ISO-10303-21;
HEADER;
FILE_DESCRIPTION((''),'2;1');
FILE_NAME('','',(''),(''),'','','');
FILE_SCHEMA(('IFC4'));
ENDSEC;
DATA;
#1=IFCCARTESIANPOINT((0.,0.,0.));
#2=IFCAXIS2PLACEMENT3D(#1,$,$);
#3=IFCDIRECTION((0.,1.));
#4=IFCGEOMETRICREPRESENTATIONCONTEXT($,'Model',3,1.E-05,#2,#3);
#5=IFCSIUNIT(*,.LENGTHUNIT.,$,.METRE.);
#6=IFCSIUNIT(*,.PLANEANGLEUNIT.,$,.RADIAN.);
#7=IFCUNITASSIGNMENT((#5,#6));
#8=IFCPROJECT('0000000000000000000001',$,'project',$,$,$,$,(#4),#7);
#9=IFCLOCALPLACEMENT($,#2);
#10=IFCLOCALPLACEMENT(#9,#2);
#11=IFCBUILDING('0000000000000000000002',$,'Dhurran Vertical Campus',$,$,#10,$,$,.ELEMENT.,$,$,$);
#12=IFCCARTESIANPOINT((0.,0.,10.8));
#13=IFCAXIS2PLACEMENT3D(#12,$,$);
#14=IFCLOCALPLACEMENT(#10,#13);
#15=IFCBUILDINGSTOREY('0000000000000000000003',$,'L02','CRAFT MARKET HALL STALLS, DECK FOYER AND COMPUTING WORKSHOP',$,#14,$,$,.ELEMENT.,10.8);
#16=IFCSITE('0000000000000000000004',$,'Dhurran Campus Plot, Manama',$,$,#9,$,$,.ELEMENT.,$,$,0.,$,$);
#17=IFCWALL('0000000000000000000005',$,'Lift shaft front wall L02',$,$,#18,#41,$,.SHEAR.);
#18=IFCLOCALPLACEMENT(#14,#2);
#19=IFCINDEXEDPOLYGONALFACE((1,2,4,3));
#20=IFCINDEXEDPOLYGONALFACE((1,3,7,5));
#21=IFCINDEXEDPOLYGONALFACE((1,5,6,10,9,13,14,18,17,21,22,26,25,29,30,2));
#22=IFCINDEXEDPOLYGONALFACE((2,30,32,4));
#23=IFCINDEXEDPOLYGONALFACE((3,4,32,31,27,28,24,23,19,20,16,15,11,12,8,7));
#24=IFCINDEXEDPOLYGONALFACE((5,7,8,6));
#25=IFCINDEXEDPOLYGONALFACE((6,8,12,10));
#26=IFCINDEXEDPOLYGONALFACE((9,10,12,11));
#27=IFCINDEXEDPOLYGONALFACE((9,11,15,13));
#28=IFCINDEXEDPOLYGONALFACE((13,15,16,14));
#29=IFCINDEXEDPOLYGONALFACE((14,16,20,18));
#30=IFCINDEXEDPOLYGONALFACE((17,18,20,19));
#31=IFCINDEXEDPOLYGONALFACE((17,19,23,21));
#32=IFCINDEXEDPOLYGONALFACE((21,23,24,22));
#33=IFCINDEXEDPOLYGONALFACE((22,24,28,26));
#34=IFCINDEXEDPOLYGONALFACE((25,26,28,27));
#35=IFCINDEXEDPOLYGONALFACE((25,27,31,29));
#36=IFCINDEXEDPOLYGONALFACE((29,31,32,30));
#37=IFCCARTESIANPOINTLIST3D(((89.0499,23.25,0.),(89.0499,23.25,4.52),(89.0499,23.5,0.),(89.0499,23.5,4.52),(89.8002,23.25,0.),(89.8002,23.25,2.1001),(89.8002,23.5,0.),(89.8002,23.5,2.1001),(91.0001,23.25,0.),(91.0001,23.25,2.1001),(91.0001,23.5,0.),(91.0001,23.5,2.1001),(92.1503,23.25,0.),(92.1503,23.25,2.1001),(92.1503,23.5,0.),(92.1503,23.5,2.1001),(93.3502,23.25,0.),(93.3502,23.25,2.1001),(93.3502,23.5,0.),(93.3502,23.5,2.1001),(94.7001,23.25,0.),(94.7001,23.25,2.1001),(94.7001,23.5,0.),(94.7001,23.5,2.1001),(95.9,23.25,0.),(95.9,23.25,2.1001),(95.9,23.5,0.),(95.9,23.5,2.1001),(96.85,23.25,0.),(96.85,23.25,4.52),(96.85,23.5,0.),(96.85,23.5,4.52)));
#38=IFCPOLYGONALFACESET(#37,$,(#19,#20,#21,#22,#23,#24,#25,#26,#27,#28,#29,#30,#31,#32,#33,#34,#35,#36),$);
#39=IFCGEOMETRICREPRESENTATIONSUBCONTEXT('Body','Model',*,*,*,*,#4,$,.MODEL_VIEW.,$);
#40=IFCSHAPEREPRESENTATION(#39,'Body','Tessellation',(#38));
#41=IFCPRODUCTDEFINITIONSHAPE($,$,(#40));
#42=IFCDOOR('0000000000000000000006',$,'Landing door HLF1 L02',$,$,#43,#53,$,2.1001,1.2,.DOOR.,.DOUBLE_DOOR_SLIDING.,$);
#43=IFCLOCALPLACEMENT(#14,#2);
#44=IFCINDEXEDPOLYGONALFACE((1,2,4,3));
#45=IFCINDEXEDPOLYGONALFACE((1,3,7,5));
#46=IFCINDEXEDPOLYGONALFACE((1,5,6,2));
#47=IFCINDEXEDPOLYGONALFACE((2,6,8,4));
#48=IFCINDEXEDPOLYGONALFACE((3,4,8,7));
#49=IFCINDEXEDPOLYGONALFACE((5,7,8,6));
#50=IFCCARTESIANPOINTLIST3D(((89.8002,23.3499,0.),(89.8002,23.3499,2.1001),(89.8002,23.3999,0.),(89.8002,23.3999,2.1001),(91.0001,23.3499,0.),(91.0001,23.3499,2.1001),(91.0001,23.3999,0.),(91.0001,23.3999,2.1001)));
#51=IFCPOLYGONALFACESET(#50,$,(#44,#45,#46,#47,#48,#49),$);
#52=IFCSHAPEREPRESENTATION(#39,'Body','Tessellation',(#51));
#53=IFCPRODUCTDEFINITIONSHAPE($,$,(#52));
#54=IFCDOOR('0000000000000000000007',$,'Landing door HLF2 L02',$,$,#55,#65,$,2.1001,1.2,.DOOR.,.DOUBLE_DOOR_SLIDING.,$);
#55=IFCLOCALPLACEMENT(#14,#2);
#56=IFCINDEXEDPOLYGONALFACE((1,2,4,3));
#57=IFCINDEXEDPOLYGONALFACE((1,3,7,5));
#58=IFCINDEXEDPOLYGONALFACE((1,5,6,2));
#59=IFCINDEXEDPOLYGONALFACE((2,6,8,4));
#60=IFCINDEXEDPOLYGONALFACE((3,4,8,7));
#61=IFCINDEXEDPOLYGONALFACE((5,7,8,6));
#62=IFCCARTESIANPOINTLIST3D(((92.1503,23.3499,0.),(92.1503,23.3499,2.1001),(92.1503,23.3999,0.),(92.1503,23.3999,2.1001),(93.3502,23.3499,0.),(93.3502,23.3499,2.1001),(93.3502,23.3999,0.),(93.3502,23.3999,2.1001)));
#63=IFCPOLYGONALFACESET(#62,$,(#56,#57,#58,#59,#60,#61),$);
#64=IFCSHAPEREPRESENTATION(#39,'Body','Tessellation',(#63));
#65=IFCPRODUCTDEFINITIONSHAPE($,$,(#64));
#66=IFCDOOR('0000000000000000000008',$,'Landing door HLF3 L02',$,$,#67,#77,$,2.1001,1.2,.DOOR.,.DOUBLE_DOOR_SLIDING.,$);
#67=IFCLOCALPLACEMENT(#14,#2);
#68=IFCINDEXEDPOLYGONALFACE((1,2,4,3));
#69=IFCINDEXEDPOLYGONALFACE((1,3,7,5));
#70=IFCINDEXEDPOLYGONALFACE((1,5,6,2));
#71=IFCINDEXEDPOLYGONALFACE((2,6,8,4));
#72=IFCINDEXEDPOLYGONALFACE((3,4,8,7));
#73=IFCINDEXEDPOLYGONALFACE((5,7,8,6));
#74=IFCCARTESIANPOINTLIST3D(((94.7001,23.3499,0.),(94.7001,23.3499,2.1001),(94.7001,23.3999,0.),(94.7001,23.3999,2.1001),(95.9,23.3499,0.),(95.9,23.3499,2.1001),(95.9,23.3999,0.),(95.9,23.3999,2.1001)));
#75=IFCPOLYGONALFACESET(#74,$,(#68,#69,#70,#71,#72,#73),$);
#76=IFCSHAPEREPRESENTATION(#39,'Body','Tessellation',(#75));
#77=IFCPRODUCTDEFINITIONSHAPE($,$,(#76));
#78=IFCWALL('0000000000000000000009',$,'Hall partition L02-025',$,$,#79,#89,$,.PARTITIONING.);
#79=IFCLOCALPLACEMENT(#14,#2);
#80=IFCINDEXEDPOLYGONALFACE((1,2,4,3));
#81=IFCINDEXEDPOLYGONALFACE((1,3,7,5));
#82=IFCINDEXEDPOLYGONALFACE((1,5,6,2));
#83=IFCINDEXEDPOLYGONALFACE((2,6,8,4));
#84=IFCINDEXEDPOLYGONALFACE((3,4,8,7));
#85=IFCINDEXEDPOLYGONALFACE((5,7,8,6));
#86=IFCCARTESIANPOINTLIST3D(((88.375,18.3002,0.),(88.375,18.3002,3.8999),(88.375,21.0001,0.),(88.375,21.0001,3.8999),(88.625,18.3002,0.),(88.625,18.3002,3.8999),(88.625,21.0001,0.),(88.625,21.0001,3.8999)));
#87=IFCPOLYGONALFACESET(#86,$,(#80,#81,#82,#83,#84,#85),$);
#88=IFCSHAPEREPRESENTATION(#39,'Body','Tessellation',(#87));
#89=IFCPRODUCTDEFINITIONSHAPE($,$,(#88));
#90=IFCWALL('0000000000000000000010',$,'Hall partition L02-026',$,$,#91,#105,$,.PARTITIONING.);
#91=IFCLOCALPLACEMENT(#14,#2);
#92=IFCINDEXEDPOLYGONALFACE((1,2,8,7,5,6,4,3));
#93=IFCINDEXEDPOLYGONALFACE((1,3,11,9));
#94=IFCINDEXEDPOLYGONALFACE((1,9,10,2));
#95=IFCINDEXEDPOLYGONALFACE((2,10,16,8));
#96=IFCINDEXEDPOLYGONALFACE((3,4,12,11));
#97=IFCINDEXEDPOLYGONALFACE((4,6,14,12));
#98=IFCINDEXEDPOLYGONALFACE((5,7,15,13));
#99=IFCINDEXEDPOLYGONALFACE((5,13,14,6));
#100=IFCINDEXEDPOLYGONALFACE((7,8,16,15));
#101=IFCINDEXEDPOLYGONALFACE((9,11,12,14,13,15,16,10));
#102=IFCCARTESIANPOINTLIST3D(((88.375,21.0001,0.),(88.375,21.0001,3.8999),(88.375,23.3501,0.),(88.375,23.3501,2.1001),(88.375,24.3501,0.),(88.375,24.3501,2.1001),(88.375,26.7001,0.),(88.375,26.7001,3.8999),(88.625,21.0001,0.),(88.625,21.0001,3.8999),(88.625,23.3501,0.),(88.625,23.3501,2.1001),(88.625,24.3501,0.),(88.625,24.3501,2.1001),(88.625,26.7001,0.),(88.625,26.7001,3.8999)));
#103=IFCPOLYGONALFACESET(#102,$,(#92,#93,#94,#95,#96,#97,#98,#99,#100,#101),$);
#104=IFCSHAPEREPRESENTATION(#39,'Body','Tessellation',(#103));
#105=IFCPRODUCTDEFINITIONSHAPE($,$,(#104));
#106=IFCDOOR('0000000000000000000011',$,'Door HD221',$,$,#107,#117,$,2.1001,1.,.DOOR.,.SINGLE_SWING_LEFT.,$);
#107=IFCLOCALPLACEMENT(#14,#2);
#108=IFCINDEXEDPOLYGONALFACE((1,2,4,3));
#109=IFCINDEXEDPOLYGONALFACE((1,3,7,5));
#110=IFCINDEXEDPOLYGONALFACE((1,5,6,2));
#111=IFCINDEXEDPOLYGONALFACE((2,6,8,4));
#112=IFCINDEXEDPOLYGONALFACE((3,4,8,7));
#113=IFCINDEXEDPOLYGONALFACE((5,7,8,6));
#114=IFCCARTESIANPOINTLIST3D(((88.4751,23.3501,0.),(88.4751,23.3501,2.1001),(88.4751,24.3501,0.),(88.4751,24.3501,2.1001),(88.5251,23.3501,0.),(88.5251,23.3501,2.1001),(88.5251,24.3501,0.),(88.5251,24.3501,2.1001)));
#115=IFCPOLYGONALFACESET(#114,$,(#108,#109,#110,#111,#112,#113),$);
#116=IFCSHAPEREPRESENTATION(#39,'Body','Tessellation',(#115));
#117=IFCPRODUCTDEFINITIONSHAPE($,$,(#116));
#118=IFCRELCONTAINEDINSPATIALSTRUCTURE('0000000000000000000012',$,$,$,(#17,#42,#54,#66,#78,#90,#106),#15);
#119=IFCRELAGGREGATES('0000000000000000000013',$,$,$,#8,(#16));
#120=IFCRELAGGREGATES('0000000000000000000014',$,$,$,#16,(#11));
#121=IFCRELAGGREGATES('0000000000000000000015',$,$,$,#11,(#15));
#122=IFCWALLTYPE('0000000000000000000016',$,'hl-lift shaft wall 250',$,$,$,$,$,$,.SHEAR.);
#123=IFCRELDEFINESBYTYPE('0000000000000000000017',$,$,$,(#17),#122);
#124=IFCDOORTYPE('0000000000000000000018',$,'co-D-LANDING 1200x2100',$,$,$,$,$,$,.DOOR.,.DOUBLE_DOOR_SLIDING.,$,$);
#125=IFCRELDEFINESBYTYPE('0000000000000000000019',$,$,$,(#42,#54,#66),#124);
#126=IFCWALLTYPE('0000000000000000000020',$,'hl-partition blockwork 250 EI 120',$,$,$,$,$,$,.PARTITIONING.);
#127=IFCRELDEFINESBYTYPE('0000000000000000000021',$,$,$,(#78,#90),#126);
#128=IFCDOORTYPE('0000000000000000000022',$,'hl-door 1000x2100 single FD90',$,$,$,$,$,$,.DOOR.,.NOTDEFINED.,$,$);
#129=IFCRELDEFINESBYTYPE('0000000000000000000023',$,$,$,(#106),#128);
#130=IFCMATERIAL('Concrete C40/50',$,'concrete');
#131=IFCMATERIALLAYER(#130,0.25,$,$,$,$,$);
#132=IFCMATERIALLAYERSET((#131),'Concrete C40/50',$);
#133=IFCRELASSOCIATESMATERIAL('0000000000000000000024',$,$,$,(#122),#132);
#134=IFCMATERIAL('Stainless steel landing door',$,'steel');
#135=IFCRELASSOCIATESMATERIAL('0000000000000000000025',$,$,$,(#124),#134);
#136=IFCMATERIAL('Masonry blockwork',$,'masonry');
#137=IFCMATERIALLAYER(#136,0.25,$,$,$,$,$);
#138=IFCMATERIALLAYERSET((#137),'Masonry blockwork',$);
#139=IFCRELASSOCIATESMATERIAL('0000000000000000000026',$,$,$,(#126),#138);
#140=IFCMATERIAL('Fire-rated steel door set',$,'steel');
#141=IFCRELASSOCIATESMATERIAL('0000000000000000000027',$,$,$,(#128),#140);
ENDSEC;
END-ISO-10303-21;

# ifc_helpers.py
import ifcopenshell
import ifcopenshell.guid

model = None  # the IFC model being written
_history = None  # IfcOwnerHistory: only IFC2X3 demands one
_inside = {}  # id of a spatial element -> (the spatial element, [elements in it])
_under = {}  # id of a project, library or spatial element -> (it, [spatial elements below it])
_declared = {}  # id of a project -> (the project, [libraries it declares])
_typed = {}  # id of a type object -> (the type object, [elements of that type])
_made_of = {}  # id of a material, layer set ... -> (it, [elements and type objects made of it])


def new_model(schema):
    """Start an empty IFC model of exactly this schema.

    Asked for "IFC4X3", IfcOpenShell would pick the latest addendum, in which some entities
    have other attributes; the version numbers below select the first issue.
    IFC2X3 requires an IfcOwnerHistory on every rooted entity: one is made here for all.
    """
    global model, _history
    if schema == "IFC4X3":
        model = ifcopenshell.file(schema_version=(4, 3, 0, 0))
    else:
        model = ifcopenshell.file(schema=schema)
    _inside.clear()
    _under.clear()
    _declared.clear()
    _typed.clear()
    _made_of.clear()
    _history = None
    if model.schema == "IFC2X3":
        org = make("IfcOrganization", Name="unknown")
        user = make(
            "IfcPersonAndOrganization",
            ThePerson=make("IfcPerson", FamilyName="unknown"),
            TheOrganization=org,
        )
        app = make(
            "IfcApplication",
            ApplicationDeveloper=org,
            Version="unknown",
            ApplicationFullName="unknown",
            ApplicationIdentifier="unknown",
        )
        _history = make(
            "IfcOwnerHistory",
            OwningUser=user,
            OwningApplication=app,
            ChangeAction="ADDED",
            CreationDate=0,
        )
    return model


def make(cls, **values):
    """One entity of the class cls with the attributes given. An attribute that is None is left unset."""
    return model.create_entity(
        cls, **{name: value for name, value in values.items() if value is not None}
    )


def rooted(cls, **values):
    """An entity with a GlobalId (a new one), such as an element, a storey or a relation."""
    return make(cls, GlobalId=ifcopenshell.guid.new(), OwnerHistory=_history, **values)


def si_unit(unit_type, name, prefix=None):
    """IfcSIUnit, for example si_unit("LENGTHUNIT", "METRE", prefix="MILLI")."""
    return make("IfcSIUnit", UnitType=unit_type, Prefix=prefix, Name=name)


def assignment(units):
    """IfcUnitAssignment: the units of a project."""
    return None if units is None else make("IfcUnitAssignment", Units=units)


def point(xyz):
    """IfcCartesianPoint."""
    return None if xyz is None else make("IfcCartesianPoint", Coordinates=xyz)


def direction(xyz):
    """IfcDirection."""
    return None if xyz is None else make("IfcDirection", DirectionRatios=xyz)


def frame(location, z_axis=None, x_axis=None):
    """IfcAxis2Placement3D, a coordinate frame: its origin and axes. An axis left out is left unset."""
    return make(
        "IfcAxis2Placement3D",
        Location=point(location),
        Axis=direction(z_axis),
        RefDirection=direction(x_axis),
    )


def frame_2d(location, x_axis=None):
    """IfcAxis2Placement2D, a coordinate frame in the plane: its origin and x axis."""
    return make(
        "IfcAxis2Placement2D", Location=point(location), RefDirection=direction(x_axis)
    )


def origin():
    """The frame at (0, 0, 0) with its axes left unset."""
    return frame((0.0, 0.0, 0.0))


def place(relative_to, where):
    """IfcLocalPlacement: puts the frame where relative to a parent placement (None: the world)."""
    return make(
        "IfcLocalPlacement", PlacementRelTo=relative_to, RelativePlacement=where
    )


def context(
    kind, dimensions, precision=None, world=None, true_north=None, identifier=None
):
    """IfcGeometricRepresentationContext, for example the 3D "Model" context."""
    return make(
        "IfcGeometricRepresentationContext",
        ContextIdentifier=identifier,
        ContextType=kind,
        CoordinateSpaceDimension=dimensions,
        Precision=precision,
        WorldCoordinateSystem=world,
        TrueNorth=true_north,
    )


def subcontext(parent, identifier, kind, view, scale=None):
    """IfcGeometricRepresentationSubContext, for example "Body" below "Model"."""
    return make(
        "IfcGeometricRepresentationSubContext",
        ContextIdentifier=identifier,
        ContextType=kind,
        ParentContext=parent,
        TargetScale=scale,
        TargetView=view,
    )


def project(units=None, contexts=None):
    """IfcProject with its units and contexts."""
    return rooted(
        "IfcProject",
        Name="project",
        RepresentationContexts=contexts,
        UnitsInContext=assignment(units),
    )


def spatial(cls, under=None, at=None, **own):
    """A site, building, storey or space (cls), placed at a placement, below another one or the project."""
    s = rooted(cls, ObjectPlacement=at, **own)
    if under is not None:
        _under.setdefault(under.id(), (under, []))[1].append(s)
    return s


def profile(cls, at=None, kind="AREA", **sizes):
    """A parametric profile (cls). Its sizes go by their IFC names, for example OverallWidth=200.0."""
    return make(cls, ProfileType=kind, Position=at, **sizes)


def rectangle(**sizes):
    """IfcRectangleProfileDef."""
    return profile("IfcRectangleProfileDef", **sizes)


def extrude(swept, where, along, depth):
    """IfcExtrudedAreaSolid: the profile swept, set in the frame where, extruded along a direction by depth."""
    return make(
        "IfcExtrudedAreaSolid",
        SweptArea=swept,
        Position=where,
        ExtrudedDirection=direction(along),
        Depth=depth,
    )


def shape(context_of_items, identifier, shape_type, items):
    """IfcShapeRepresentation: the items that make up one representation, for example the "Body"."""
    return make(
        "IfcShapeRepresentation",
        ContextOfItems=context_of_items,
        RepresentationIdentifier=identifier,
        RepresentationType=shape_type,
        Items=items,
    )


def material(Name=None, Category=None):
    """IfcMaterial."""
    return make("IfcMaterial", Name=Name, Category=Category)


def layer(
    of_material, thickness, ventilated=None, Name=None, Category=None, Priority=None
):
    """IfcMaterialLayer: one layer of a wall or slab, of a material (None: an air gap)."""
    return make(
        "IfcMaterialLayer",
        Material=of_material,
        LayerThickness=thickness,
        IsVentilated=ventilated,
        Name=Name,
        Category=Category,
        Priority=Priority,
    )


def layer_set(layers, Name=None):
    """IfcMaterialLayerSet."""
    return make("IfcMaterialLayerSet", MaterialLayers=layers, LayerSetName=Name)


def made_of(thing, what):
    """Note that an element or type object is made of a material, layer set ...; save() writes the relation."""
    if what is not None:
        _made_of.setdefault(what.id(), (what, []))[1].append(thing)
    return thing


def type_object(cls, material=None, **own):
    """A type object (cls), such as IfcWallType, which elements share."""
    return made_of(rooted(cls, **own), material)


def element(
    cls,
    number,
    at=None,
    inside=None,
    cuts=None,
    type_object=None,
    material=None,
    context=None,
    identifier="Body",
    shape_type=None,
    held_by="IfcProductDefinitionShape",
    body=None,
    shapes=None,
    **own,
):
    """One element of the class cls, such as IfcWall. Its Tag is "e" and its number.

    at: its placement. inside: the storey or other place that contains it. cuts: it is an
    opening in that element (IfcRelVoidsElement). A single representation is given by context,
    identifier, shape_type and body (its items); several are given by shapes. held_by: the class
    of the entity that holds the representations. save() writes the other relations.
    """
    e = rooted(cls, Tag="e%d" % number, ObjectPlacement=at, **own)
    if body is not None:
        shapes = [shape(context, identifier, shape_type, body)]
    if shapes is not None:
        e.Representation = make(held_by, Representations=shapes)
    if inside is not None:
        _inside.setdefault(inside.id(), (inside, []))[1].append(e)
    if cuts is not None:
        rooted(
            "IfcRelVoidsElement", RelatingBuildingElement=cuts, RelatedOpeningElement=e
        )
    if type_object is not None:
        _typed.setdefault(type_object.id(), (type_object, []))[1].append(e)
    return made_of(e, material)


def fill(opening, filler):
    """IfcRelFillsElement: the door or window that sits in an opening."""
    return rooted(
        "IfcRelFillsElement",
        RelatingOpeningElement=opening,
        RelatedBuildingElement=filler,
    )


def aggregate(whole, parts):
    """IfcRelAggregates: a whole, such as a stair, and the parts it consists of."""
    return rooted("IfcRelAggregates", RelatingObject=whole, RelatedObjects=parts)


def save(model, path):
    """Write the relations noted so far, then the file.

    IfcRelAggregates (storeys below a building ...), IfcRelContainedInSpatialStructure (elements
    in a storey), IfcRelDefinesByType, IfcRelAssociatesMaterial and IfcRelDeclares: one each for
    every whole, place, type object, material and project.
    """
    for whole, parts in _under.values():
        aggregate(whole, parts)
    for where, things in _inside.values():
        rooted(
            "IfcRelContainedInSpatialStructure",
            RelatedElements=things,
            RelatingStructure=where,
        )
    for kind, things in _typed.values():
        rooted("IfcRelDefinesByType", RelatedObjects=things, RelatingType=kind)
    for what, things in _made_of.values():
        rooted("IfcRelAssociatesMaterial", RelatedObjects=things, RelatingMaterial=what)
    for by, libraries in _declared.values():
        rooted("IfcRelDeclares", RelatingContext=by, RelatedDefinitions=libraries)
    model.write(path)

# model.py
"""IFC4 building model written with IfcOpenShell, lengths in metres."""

from ifc_helpers import new_model, si_unit, direction, frame, frame_2d, origin, place, context, subcontext, project, spatial, rectangle, extrude, material, layer, layer_set, type_object, element, fill, save


model = new_model("IFC4")

# Units and contexts
model_context = context("Model", 3, precision=1e-05, world=origin(), true_north=direction((0.0, 1.0)))
body_context = subcontext(model_context, "Body", "Model", "MODEL_VIEW")
ifc_project = project(units=[si_unit("LENGTHUNIT", "METRE"), si_unit("PLANEANGLEUNIT", "RADIAN")], contexts=[model_context])

# Site, building, storey
site_placement = place(None, origin())
site = spatial("IfcSite", under=ifc_project, at=site_placement, Name="Dhurran Campus Plot, Manama", CompositionType="ELEMENT", RefElevation=0.0)
building_placement = place(site_placement, origin())
building = spatial("IfcBuilding", under=site, at=building_placement, Name="Dhurran Vertical Campus", CompositionType="ELEMENT")
storey_placement = place(building_placement, frame((0.0, 0.0, 10.8)))
storey = spatial("IfcBuildingStorey", under=building, at=storey_placement, Name="L02", Description="CRAFT MARKET HALL STALLS, DECK FOYER AND COMPUTING WORKSHOP", CompositionType="ELEMENT", Elevation=10.8)

# Shared definitions
ifc_material_1 = material(Name="Concrete C40/50", Category="concrete")
ifc_layer_1 = layer(ifc_material_1, 0.25)
ifc_layer_set_1 = layer_set([ifc_layer_1], Name="Concrete C40/50")
wall_type_1 = type_object("IfcWallType", Name="hl-lift shaft wall 250", PredefinedType="SHEAR", material=ifc_layer_set_1)

# Wall, openings, doors
wall_1_placement = place(storey_placement, frame((89.05, 23.375, 0.0), z_axis=(0.0, 0.0, 1.0), x_axis=(1.0, 0.0, 0.0)))
wall_1 = element("IfcWall", 1, at=wall_1_placement, inside=storey, type_object=wall_type_1, Name="Lift shaft front wall L02", PredefinedType="SHEAR", context=body_context, shape_type="SweptSolid", body=[
    extrude(rectangle(XDim=7.8, YDim=0.25, at=frame_2d((3.8999, 0.0))), origin(), (0.0, 0.0, 1.0), 4.52),
])
opening_1_placement = place(wall_1_placement, frame((0.75, 0.0, 0.0)))
opening_1 = element("IfcOpeningElement", 2, at=opening_1_placement, cuts=wall_1, PredefinedType="OPENING", context=body_context, shape_type="SweptSolid", body=[
    extrude(rectangle(XDim=1.2, YDim=2.1001, at=frame_2d((0.6001, 1.05))), frame((0.0, 0.135, 0.0), z_axis=(0.0, -1.0, 0.0), x_axis=(1.0, 0.0, 0.0)), (0.0, 0.0, 1.0), 0.27),
])
opening_2_placement = place(wall_1_placement, frame((3.1001, 0.0, 0.0)))
opening_2 = element("IfcOpeningElement", 3, at=opening_2_placement, cuts=wall_1, PredefinedType="OPENING", context=body_context, shape_type="SweptSolid", body=[
    extrude(rectangle(XDim=1.2, YDim=2.1001, at=frame_2d((0.6001, 1.05))), frame((0.0, 0.135, 0.0), z_axis=(0.0, -1.0, 0.0), x_axis=(1.0, 0.0, 0.0)), (0.0, 0.0, 1.0), 0.27),
])
opening_3_placement = place(wall_1_placement, frame((5.6499, 0.0, 0.0)))
opening_3 = element("IfcOpeningElement", 4, at=opening_3_placement, cuts=wall_1, PredefinedType="OPENING", context=body_context, shape_type="SweptSolid", body=[
    extrude(rectangle(XDim=1.2, YDim=2.1001, at=frame_2d((0.6001, 1.05))), frame((0.0, 0.135, 0.0), z_axis=(0.0, -1.0, 0.0), x_axis=(1.0, 0.0, 0.0)), (0.0, 0.0, 1.0), 0.27),
])
ifc_material_2 = material(Name="Stainless steel landing door", Category="steel")
door_type_1 = type_object("IfcDoorType", Name="co-D-LANDING 1200x2100", OperationType="DOUBLE_DOOR_SLIDING", PredefinedType="DOOR", material=ifc_material_2)
door_1_placement = place(opening_1_placement, origin())
door_1 = element("IfcDoor", 5, at=door_1_placement, inside=storey, type_object=door_type_1, Name="Landing door HLF1 L02", OperationType="DOUBLE_DOOR_SLIDING", OverallHeight=2.1001, OverallWidth=1.2, PredefinedType="DOOR", context=body_context, shape_type="SweptSolid", body=[
    extrude(rectangle(XDim=1.2, YDim=2.1001, at=frame_2d((0.6001, 1.05))), frame((0.0, 0.0249, 0.0), z_axis=(0.0, -1.0, 0.0), x_axis=(1.0, 0.0, 0.0)), (0.0, 0.0, 1.0), 0.05),
])
fill(opening_1, door_1)
door_2_placement = place(opening_2_placement, origin())
door_2 = element("IfcDoor", 6, at=door_2_placement, inside=storey, type_object=door_type_1, Name="Landing door HLF2 L02", OperationType="DOUBLE_DOOR_SLIDING", OverallHeight=2.1001, OverallWidth=1.2, PredefinedType="DOOR", context=body_context, shape_type="SweptSolid", body=[
    extrude(rectangle(XDim=1.2, YDim=2.1001, at=frame_2d((0.6001, 1.05))), frame((0.0, 0.0249, 0.0), z_axis=(0.0, -1.0, 0.0), x_axis=(1.0, 0.0, 0.0)), (0.0, 0.0, 1.0), 0.05),
])
fill(opening_2, door_2)
door_3_placement = place(opening_3_placement, origin())
door_3 = element("IfcDoor", 7, at=door_3_placement, inside=storey, type_object=door_type_1, Name="Landing door HLF3 L02", OperationType="DOUBLE_DOOR_SLIDING", OverallHeight=2.1001, OverallWidth=1.2, PredefinedType="DOOR", context=body_context, shape_type="SweptSolid", body=[
    extrude(rectangle(XDim=1.2, YDim=2.1001, at=frame_2d((0.6001, 1.05))), frame((0.0, 0.0249, 0.0), z_axis=(0.0, -1.0, 0.0), x_axis=(1.0, 0.0, 0.0)), (0.0, 0.0, 1.0), 0.05),
])
fill(opening_3, door_3)

# Wall
ifc_material_3 = material(Name="Masonry blockwork", Category="masonry")
ifc_layer_2 = layer(ifc_material_3, 0.25)
ifc_layer_set_2 = layer_set([ifc_layer_2], Name="Masonry blockwork")
wall_type_2 = type_object("IfcWallType", Name="hl-partition blockwork 250 EI 120", PredefinedType="PARTITIONING", material=ifc_layer_set_2)
wall_2_placement = place(storey_placement, frame((88.5, 18.3, 0.0), z_axis=(0.0, 0.0, 1.0), x_axis=(0.0, 1.0, 0.0)))
element("IfcWall", 8, at=wall_2_placement, inside=storey, type_object=wall_type_2, Name="Hall partition L02-025", PredefinedType="PARTITIONING", context=body_context, shape_type="SweptSolid", body=[
    extrude(rectangle(XDim=2.7, YDim=0.25, at=frame_2d((1.3501, 0.0))), origin(), (0.0, 0.0, 1.0), 3.8999),
])

# Wall, opening, door
wall_3_placement = place(storey_placement, frame((88.5, 21.0, 0.0), z_axis=(0.0, 0.0, 1.0), x_axis=(0.0, 1.0, 0.0)))
wall_3 = element("IfcWall", 9, at=wall_3_placement, inside=storey, type_object=wall_type_2, Name="Hall partition L02-026", PredefinedType="PARTITIONING", context=body_context, shape_type="SweptSolid", body=[
    extrude(rectangle(XDim=5.7, YDim=0.25, at=frame_2d((2.8501, 0.0))), origin(), (0.0, 0.0, 1.0), 3.8999),
])
opening_4_placement = place(wall_3_placement, frame((2.3501, 0.0, 0.0)))
opening_4 = element("IfcOpeningElement", 10, at=opening_4_placement, cuts=wall_3, PredefinedType="OPENING", context=body_context, shape_type="SweptSolid", body=[
    extrude(rectangle(XDim=1.0, YDim=2.1001, at=frame_2d((0.5, 1.05))), frame((0.0, 0.135, 0.0), z_axis=(0.0, -1.0, 0.0), x_axis=(1.0, 0.0, 0.0)), (0.0, 0.0, 1.0), 0.27),
])
ifc_material_4 = material(Name="Fire-rated steel door set", Category="steel")
door_type_2 = type_object("IfcDoorType", Name="hl-door 1000x2100 single FD90", OperationType="NOTDEFINED", PredefinedType="DOOR", material=ifc_material_4)
door_4_placement = place(opening_4_placement, origin())
door_4 = element("IfcDoor", 11, at=door_4_placement, inside=storey, type_object=door_type_2, Name="Door HD221", OperationType="SINGLE_SWING_LEFT", OverallHeight=2.1001, OverallWidth=1.0, PredefinedType="DOOR", context=body_context, shape_type="SweptSolid", body=[
    extrude(rectangle(XDim=1.0, YDim=2.1001, at=frame_2d((0.5, 1.05))), frame((0.0, 0.0249, 0.0), z_axis=(0.0, -1.0, 0.0), x_axis=(1.0, 0.0, 0.0)), (0.0, 0.0, 1.0), 0.05),
])
fill(opening_4, door_4)

save(model, "model.ifc")
